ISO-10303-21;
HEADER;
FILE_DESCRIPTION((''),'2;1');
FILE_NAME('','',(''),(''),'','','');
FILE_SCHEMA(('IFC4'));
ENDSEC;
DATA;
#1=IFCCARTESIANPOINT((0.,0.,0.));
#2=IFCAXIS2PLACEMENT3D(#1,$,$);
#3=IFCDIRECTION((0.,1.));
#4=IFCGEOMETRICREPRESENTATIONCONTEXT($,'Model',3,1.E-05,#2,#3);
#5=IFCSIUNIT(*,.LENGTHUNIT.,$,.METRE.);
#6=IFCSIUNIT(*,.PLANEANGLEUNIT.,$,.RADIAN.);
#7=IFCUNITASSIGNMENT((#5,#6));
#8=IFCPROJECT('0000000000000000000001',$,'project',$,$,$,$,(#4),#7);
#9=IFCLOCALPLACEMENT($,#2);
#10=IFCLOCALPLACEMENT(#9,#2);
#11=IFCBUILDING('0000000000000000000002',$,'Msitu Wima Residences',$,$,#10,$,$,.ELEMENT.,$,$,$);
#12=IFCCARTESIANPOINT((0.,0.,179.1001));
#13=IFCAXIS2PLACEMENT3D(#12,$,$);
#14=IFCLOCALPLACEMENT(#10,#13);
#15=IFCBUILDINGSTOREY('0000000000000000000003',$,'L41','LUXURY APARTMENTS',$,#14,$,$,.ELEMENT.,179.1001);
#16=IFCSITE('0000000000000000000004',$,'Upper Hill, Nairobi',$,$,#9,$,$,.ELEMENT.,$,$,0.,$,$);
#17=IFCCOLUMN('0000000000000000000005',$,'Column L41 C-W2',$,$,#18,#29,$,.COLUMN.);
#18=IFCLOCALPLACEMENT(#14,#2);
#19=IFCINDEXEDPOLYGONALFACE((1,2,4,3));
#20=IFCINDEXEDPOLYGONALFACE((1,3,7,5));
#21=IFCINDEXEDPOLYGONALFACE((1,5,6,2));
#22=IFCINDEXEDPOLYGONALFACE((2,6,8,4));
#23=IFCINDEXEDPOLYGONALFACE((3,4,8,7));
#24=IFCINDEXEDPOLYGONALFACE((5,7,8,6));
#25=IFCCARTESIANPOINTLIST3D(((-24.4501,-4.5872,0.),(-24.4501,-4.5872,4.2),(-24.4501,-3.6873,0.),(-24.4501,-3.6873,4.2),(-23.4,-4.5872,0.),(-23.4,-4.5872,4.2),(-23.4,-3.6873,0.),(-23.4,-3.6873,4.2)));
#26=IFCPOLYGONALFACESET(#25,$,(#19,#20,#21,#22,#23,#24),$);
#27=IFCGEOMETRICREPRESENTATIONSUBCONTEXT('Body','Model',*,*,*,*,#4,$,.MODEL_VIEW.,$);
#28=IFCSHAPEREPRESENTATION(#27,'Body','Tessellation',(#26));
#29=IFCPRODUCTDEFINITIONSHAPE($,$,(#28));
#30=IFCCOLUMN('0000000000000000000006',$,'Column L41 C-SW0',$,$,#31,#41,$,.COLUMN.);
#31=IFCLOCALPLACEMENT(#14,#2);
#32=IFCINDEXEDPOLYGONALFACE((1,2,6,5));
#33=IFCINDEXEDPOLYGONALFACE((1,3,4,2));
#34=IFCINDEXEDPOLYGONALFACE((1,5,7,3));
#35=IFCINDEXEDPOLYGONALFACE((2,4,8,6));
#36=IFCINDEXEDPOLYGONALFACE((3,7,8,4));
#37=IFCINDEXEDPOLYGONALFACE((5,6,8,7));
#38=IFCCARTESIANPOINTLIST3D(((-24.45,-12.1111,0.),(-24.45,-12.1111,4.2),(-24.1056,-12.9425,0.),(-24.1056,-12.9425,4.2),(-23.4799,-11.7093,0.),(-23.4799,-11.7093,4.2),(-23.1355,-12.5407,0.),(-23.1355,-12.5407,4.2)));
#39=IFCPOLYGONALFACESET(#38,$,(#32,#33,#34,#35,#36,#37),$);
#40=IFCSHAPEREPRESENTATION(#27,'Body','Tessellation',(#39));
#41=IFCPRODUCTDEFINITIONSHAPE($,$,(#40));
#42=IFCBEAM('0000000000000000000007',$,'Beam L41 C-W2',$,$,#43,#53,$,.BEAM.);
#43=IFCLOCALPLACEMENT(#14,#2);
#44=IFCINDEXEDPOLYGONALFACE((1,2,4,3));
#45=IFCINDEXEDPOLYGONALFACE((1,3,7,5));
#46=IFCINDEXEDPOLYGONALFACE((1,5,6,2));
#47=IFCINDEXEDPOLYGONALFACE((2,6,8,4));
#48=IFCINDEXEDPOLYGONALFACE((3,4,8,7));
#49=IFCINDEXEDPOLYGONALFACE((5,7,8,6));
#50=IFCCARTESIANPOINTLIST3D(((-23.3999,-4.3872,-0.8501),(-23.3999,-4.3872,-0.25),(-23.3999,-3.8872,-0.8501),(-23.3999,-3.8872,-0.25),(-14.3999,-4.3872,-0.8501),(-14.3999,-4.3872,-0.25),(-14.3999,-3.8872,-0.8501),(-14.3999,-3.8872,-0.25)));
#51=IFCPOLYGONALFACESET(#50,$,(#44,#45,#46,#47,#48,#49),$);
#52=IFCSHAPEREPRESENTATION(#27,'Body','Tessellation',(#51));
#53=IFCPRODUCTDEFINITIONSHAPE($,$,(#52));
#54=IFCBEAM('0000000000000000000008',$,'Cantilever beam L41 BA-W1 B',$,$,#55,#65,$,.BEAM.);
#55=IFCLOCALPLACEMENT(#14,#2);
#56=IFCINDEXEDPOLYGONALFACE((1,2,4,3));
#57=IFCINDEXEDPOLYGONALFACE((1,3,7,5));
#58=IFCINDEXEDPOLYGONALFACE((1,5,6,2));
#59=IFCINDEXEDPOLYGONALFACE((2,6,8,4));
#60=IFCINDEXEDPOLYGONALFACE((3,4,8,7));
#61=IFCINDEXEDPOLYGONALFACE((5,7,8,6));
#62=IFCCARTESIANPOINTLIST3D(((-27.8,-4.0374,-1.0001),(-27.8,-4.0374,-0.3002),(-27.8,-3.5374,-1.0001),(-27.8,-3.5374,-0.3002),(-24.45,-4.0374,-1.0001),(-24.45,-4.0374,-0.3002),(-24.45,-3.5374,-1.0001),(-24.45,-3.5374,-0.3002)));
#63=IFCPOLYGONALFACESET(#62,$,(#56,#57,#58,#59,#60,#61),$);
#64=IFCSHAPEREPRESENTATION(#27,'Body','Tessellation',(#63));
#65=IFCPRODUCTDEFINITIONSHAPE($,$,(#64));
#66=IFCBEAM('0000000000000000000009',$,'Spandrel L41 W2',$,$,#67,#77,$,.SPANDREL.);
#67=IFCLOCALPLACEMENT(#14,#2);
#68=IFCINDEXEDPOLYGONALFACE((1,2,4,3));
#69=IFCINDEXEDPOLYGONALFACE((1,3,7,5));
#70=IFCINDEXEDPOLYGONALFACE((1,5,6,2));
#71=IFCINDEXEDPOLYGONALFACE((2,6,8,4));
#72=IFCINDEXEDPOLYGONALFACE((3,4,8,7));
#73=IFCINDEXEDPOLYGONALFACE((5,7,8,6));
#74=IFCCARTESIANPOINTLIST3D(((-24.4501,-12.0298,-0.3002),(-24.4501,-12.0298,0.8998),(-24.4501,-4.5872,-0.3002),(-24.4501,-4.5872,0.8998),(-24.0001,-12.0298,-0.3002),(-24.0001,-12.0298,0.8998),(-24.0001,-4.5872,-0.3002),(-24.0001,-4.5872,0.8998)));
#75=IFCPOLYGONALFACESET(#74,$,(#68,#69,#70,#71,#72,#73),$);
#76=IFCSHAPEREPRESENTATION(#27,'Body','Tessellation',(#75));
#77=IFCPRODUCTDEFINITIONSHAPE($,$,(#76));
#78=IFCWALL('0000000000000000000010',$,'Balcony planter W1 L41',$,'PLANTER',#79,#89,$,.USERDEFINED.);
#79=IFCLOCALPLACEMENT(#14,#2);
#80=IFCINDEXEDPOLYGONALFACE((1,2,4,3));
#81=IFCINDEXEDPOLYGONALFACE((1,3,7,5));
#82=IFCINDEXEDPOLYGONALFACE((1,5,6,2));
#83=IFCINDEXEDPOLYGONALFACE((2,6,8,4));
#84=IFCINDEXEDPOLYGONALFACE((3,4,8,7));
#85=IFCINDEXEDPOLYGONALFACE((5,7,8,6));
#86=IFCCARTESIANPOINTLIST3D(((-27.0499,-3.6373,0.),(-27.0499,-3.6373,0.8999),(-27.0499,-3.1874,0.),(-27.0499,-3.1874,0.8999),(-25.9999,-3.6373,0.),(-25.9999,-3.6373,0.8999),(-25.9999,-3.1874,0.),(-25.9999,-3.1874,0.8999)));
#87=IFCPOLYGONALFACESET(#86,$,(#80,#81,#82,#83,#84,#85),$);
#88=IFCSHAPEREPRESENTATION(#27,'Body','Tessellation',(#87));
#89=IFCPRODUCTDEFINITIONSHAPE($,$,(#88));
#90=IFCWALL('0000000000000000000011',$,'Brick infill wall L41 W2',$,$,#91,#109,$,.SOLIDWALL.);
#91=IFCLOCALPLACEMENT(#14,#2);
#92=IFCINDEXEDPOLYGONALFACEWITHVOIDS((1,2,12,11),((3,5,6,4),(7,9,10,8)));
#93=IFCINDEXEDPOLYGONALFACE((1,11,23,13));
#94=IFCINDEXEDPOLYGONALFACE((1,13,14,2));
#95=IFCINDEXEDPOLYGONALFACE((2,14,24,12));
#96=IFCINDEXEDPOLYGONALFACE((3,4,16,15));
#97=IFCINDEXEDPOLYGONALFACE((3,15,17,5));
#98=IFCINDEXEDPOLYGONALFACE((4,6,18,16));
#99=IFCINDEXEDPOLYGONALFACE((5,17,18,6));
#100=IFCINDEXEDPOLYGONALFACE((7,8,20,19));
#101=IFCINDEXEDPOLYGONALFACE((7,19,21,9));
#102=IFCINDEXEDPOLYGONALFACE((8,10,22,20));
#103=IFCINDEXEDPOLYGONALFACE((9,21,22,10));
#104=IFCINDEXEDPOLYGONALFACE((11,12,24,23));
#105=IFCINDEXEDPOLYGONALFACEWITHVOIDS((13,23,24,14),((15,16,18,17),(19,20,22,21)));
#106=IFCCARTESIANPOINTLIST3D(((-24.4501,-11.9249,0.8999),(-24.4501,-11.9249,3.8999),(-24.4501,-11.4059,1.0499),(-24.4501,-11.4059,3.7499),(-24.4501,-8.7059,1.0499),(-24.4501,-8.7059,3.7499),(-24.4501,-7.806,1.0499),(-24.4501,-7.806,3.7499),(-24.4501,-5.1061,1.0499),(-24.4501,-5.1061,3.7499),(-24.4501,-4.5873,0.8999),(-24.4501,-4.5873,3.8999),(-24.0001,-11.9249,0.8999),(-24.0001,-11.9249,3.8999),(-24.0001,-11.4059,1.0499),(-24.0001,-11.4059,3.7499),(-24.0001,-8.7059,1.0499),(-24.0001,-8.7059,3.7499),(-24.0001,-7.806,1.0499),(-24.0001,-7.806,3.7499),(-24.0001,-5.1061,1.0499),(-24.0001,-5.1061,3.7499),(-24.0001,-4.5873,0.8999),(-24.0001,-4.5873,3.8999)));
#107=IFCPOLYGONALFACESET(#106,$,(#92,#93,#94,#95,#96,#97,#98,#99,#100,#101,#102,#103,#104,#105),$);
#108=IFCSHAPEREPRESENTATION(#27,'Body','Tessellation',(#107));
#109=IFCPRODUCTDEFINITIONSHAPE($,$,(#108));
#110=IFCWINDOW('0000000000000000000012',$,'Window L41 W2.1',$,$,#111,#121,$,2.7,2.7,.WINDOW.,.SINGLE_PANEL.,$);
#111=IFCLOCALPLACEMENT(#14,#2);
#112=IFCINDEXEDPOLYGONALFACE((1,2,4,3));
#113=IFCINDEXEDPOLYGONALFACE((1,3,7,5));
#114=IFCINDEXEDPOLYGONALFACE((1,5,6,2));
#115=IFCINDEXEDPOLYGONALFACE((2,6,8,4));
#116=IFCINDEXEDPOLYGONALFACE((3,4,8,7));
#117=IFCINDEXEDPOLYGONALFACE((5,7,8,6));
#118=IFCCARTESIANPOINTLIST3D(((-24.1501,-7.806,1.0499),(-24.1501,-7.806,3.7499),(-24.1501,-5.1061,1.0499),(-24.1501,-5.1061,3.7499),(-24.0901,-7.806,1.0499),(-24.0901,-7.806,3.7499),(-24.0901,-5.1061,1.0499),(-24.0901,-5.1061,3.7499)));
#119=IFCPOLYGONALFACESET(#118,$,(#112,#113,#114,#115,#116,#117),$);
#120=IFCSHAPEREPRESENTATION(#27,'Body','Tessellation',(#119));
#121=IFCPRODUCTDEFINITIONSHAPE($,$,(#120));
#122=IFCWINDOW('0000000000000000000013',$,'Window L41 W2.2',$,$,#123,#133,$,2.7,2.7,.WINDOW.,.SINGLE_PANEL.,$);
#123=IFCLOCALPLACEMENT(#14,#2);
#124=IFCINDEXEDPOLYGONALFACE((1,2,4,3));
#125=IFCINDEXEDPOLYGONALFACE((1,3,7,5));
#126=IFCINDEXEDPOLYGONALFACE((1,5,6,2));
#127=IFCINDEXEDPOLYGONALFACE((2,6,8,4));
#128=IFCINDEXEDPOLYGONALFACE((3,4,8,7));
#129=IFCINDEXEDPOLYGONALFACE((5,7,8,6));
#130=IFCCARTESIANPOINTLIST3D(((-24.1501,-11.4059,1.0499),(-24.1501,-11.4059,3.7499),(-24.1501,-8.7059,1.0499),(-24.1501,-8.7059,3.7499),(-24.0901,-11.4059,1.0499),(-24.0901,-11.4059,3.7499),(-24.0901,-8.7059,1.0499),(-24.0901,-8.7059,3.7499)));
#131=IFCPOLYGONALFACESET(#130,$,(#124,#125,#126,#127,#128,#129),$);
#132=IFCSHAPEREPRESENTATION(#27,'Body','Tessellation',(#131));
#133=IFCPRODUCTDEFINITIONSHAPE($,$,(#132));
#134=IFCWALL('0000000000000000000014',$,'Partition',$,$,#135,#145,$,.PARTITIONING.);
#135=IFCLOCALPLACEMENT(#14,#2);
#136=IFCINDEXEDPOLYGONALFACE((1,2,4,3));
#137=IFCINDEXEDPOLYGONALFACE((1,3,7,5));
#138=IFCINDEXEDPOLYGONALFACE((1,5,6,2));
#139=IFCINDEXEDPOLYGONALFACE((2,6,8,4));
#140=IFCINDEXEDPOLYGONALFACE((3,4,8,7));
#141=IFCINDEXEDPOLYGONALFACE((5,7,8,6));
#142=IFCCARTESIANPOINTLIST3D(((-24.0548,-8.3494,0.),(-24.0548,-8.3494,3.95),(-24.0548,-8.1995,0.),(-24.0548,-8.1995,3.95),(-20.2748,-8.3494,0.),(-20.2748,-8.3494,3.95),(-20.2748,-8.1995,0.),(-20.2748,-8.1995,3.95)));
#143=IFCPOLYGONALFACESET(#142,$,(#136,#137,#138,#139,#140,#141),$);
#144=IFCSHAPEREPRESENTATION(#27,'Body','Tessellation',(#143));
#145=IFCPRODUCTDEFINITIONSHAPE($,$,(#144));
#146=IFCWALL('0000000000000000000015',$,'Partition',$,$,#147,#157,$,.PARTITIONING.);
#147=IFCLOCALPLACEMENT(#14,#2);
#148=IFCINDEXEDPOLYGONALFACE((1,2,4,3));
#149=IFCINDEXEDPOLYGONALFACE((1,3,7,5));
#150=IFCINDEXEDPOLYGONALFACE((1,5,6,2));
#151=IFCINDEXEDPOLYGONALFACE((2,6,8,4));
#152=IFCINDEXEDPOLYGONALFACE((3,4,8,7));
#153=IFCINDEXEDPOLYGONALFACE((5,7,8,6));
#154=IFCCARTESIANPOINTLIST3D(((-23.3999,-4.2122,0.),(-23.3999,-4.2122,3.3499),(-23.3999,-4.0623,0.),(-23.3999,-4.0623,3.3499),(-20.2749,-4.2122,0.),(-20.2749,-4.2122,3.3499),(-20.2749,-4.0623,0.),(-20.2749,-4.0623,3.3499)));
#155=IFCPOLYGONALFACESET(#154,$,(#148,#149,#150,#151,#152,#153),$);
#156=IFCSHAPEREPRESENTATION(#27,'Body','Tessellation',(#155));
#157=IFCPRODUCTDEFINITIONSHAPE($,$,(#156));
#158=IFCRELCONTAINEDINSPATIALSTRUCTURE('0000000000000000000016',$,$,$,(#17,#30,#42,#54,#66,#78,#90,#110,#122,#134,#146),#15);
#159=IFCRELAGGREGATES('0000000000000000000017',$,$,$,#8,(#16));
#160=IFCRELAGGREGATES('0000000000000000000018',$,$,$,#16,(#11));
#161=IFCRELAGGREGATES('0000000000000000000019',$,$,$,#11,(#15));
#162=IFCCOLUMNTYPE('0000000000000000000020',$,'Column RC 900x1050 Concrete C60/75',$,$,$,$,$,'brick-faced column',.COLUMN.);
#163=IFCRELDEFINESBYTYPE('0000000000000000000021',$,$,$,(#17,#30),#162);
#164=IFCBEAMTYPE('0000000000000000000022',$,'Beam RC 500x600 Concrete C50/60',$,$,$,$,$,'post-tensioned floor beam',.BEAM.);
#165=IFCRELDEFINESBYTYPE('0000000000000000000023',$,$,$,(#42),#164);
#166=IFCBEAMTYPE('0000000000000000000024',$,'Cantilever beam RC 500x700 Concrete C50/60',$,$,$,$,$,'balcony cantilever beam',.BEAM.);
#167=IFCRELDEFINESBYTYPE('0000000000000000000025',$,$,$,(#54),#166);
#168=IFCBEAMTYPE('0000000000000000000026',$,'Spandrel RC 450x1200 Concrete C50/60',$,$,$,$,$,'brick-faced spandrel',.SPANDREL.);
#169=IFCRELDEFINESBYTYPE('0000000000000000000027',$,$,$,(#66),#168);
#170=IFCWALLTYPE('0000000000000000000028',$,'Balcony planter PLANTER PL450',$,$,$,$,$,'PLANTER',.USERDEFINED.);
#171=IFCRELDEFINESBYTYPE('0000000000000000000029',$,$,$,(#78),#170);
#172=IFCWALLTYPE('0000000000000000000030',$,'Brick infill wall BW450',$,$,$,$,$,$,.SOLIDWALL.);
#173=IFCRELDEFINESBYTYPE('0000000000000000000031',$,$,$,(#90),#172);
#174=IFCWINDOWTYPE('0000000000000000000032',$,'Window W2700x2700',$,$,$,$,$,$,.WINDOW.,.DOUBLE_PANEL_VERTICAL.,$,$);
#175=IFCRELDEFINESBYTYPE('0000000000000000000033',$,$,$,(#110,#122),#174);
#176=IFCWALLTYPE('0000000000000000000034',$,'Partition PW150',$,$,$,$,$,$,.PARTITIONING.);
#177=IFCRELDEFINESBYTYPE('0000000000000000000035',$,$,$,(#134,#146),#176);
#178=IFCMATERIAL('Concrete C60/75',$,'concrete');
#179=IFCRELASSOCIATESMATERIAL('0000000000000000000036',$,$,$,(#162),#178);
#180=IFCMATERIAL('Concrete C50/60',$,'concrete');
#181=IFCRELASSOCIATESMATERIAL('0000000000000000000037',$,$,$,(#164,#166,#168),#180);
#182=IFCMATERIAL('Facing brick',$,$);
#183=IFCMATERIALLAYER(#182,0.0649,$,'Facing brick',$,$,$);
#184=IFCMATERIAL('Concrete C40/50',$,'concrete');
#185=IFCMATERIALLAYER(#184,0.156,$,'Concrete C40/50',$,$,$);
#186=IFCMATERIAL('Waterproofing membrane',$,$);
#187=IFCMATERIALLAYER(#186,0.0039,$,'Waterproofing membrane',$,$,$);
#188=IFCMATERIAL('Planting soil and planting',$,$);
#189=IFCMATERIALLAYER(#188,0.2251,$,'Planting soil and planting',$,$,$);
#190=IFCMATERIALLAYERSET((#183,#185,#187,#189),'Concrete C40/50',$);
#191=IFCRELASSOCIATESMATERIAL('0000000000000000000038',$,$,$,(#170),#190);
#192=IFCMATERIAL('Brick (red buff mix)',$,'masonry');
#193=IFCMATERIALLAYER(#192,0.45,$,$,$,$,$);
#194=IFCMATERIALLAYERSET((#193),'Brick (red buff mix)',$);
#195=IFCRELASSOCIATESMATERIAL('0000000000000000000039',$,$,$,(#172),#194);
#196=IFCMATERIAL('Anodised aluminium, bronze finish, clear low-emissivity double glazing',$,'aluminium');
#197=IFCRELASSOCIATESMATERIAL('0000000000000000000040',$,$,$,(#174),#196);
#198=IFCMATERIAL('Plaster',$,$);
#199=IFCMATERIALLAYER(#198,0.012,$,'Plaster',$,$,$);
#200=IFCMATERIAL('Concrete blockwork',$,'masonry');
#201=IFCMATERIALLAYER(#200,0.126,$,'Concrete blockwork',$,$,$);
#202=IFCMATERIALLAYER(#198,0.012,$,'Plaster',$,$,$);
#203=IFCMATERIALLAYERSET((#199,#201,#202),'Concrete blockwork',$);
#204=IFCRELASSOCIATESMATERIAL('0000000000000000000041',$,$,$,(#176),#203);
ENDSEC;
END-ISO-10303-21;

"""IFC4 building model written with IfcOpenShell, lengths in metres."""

from ifc_helpers import new_model, si_unit, direction, frame, frame_2d, origin, origin_2d, place, context, subcontext, project, spatial, rectangle, extrude, material, layer, layer_set, material_profile, profile_set, type_object, element, fill, save


model = new_model("IFC4")

# Units and contexts
model_context = context("Model", 3, precision=1e-05, world=origin(), true_north=direction((0.0, 1.0)))
body_context = subcontext(model_context, "Body", "Model", "MODEL_VIEW")
ifc_project = project(units=[si_unit("LENGTHUNIT", "METRE"), si_unit("PLANEANGLEUNIT", "RADIAN")], contexts=[model_context])

# Site, building, storey
site_placement = place(None, origin())
site = spatial("IfcSite", under=ifc_project, at=site_placement, Name="Upper Hill, Nairobi", CompositionType="ELEMENT", RefElevation=0.0)
building_placement = place(site_placement, origin())
building = spatial("IfcBuilding", under=site, at=building_placement, Name="Msitu Wima Residences", CompositionType="ELEMENT")
storey_placement = place(building_placement, frame((0.0, 0.0, 179.1001)))
storey = spatial("IfcBuildingStorey", under=building, at=storey_placement, Name="L41", Description="LUXURY APARTMENTS", CompositionType="ELEMENT", Elevation=179.1001)

# Columns
ifc_material_1 = material(Name="Concrete C60/75", Category="concrete")
ifc_material_profile_1 = material_profile(ifc_material_1, rectangle(XDim=0.8999, YDim=1.05, at=origin_2d()), Name="RC 900x1050")
ifc_profile_set_1 = profile_set([ifc_material_profile_1], Name="Concrete C60/75")
column_type = type_object("IfcColumnType", Name="Column RC 900x1050 Concrete C60/75", ElementType="brick-faced column", PredefinedType="COLUMN", material=ifc_profile_set_1)
for number, where, z_axis, x_axis, name in (
    (1, (-23.925, -4.1372, 0.0), (0.0, 0.0, 1.0), (0.0, -1.0, 0.0), "Column L41 C-W2"),
    (2, (-23.7927, -12.3259, 0.0), (0.0, 0.0, 1.0), (0.382683, -0.92388, 0.0), "Column L41 C-SW0"),
):
    element("IfcColumn", number, at=place(storey_placement, frame(where, z_axis=z_axis, x_axis=x_axis)), inside=storey, type_object=column_type, Name=name, PredefinedType="COLUMN", context=body_context, shape_type="SweptSolid", body=[
        extrude(rectangle(XDim=0.8999, YDim=1.05, at=origin_2d()), origin(), (0.0, 0.0, 1.0), 4.2),
    ])

# Beams
ifc_material_2 = material(Name="Concrete C50/60", Category="concrete")
ifc_material_profile_2 = material_profile(ifc_material_2, rectangle(XDim=0.5, YDim=0.6001, at=origin_2d()), Name="RC 500x600")
ifc_profile_set_2 = profile_set([ifc_material_profile_2], Name="Concrete C50/60")
beam_type_1 = type_object("IfcBeamType", Name="Beam RC 500x600 Concrete C50/60", ElementType="post-tensioned floor beam", PredefinedType="BEAM", material=ifc_profile_set_2)
beam_1_placement = place(storey_placement, frame((-23.3999, -4.1372, -0.55), z_axis=(1.0, 0.0, 0.0), x_axis=(0.0, 1.0, 0.0)))
element("IfcBeam", 3, at=beam_1_placement, inside=storey, type_object=beam_type_1, Name="Beam L41 C-W2", PredefinedType="BEAM", context=body_context, shape_type="SweptSolid", body=[
    extrude(rectangle(XDim=0.5, YDim=0.6001, at=origin_2d()), origin(), (0.0, 0.0, 1.0), 9.0),
])
ifc_material_profile_3 = material_profile(ifc_material_2, rectangle(XDim=0.5, YDim=0.7, at=origin_2d()), Name="RC 500x700")
ifc_profile_set_3 = profile_set([ifc_material_profile_3], Name="Concrete C50/60")
beam_type_2 = type_object("IfcBeamType", Name="Cantilever beam RC 500x700 Concrete C50/60", ElementType="balcony cantilever beam", PredefinedType="BEAM", material=ifc_profile_set_3)
beam_2_placement = place(storey_placement, frame((-24.45, -3.7874, -0.6501), z_axis=(-1.0, 0.0, 0.0), x_axis=(0.0, -1.0, 0.0)))
element("IfcBeam", 4, at=beam_2_placement, inside=storey, type_object=beam_type_2, Name="Cantilever beam L41 BA-W1 B", PredefinedType="BEAM", context=body_context, shape_type="SweptSolid", body=[
    extrude(rectangle(XDim=0.5, YDim=0.7, at=origin_2d()), origin(), (0.0, 0.0, 1.0), 3.3501),
])
ifc_material_profile_4 = material_profile(ifc_material_2, rectangle(XDim=0.45, YDim=1.2, at=origin_2d()), Name="RC 450x1200")
ifc_profile_set_4 = profile_set([ifc_material_profile_4], Name="Concrete C50/60")
beam_type_3 = type_object("IfcBeamType", Name="Spandrel RC 450x1200 Concrete C50/60", ElementType="brick-faced spandrel", PredefinedType="SPANDREL", material=ifc_profile_set_4)
beam_3_placement = place(storey_placement, frame((-24.2251, -4.5872, 0.2998), z_axis=(0.0, -1.0, 0.0), x_axis=(1.0, 0.0, 0.0)))
element("IfcBeam", 5, at=beam_3_placement, inside=storey, type_object=beam_type_3, Name="Spandrel L41 W2", PredefinedType="SPANDREL", context=body_context, shape_type="SweptSolid", body=[
    extrude(rectangle(XDim=0.45, YDim=1.2, at=origin_2d()), origin(), (0.0, 0.0, 1.0), 7.4426),
])

# Wall
ifc_material_3 = material(Name="Facing brick")
ifc_layer_1 = layer(ifc_material_3, 0.0649, Name="Facing brick")
ifc_material_4 = material(Name="Concrete C40/50", Category="concrete")
ifc_layer_2 = layer(ifc_material_4, 0.156, Name="Concrete C40/50")
ifc_material_5 = material(Name="Waterproofing membrane")
ifc_layer_3 = layer(ifc_material_5, 0.0039, Name="Waterproofing membrane")
ifc_material_6 = material(Name="Planting soil and planting")
ifc_layer_4 = layer(ifc_material_6, 0.2251, Name="Planting soil and planting")
ifc_layer_set_1 = layer_set([ifc_layer_1, ifc_layer_2, ifc_layer_3, ifc_layer_4], Name="Concrete C40/50")
wall_type_1 = type_object("IfcWallType", Name="Balcony planter PLANTER PL450", ElementType="PLANTER", PredefinedType="USERDEFINED", material=ifc_layer_set_1)
wall_1_placement = place(storey_placement, frame((-26.0, -3.4124, 0.0), z_axis=(0.0, 0.0, 1.0), x_axis=(-1.0, 0.0, 0.0)))
element("IfcWall", 6, at=wall_1_placement, inside=storey, type_object=wall_type_1, Name="Balcony planter W1 L41", ObjectType="PLANTER", PredefinedType="USERDEFINED", context=body_context, shape_type="SweptSolid", body=[
    extrude(rectangle(XDim=1.05, YDim=0.45, at=frame_2d((0.5249, 0.0))), origin(), (0.0, 0.0, 1.0), 0.8999),
])

# Wall, openings, windows
ifc_material_7 = material(Name="Brick (red buff mix)", Category="masonry")
ifc_layer_5 = layer(ifc_material_7, 0.45)
ifc_layer_set_2 = layer_set([ifc_layer_5], Name="Brick (red buff mix)")
wall_type_2 = type_object("IfcWallType", Name="Brick infill wall BW450", PredefinedType="SOLIDWALL", material=ifc_layer_set_2)
wall_2_placement = place(storey_placement, frame((-24.2251, -4.5872, 0.8999), z_axis=(0.0, 0.0, 1.0), x_axis=(0.0, -1.0, 0.0)))
wall_2 = element("IfcWall", 7, at=wall_2_placement, inside=storey, type_object=wall_type_2, Name="Brick infill wall L41 W2", PredefinedType="SOLIDWALL", context=body_context, shape_type="SweptSolid", body=[
    extrude(rectangle(XDim=7.3376, YDim=0.45, at=frame_2d((3.6689, 0.0))), origin(), (0.0, 0.0, 1.0), 3.0),
])
opening_1_placement = place(wall_2_placement, frame((0.5188, 0.0, 0.1499)))
opening_1 = element("IfcOpeningElement", 8, at=opening_1_placement, cuts=wall_2, PredefinedType="OPENING", context=body_context, shape_type="SweptSolid", body=[
    extrude(rectangle(XDim=2.7, YDim=2.7, at=frame_2d((1.3501, 1.3501))), frame((0.0, 0.2349, 0.0), z_axis=(0.0, -1.0, 0.0), x_axis=(1.0, 0.0, 0.0)), (0.0, 0.0, 1.0), 0.47),
])
opening_2_placement = place(wall_2_placement, frame((4.1187, 0.0, 0.1499)))
opening_2 = element("IfcOpeningElement", 9, at=opening_2_placement, cuts=wall_2, PredefinedType="OPENING", context=body_context, shape_type="SweptSolid", body=[
    extrude(rectangle(XDim=2.7, YDim=2.7, at=frame_2d((1.3501, 1.3501))), frame((0.0, 0.2349, 0.0), z_axis=(0.0, -1.0, 0.0), x_axis=(1.0, 0.0, 0.0)), (0.0, 0.0, 1.0), 0.47),
])
ifc_material_8 = material(Name="Anodised aluminium, bronze finish, clear low-emissivity double glazing", Category="aluminium")
window_type = type_object("IfcWindowType", Name="Window W2700x2700", PartitioningType="DOUBLE_PANEL_VERTICAL", PredefinedType="WINDOW", material=ifc_material_8)
window_1_placement = place(opening_1_placement, origin())
window_1 = element("IfcWindow", 10, at=window_1_placement, inside=storey, type_object=window_type, Name="Window L41 W2.1", OverallHeight=2.7, OverallWidth=2.7, PartitioningType="SINGLE_PANEL", PredefinedType="WINDOW", context=body_context, shape_type="SweptSolid", body=[
    extrude(rectangle(XDim=2.7, YDim=2.7, at=frame_2d((1.3501, 1.3501))), frame((0.0, 0.135, 0.0), z_axis=(0.0, -1.0, 0.0), x_axis=(1.0, 0.0, 0.0)), (0.0, 0.0, 1.0), 0.0601),
])
fill(opening_1, window_1)
window_2_placement = place(opening_2_placement, origin())
window_2 = element("IfcWindow", 11, at=window_2_placement, inside=storey, type_object=window_type, Name="Window L41 W2.2", OverallHeight=2.7, OverallWidth=2.7, PartitioningType="SINGLE_PANEL", PredefinedType="WINDOW", context=body_context, shape_type="SweptSolid", body=[
    extrude(rectangle(XDim=2.7, YDim=2.7, at=frame_2d((1.3501, 1.3501))), frame((0.0, 0.135, 0.0), z_axis=(0.0, -1.0, 0.0), x_axis=(1.0, 0.0, 0.0)), (0.0, 0.0, 1.0), 0.0601),
])
fill(opening_2, window_2)

# Walls
ifc_material_9 = material(Name="Plaster")
ifc_layer_6 = layer(ifc_material_9, 0.012, Name="Plaster")
ifc_material_10 = material(Name="Concrete blockwork", Category="masonry")
ifc_layer_7 = layer(ifc_material_10, 0.126, Name="Concrete blockwork")
ifc_layer_8 = layer(ifc_material_9, 0.012, Name="Plaster")
ifc_layer_set_3 = layer_set([ifc_layer_6, ifc_layer_7, ifc_layer_8], Name="Concrete blockwork")
wall_type_3 = type_object("IfcWallType", Name="Partition PW150", PredefinedType="PARTITIONING", material=ifc_layer_set_3)
wall_3_placement = place(storey_placement, frame((-24.0549, -8.2744, 0.0), z_axis=(0.0, 0.0, 1.0), x_axis=(1.0, 0.0, 0.0)))
element("IfcWall", 12, at=wall_3_placement, inside=storey, type_object=wall_type_3, Name="Partition", PredefinedType="PARTITIONING", context=body_context, shape_type="SweptSolid", body=[
    extrude(rectangle(XDim=3.78, YDim=0.1499, at=frame_2d((1.8901, 0.0))), origin(), (0.0, 0.0, 1.0), 3.95),
])
wall_4_placement = place(storey_placement, frame((-23.3999, -4.1372, 0.0), z_axis=(0.0, 0.0, 1.0), x_axis=(1.0, 0.0, 0.0)))
element("IfcWall", 13, at=wall_4_placement, inside=storey, type_object=wall_type_3, Name="Partition", PredefinedType="PARTITIONING", context=body_context, shape_type="SweptSolid", body=[
    extrude(rectangle(XDim=3.125, YDim=0.1499, at=frame_2d((1.5625, 0.0))), origin(), (0.0, 0.0, 1.0), 3.3499),
])

save(model, "model.ifc")
